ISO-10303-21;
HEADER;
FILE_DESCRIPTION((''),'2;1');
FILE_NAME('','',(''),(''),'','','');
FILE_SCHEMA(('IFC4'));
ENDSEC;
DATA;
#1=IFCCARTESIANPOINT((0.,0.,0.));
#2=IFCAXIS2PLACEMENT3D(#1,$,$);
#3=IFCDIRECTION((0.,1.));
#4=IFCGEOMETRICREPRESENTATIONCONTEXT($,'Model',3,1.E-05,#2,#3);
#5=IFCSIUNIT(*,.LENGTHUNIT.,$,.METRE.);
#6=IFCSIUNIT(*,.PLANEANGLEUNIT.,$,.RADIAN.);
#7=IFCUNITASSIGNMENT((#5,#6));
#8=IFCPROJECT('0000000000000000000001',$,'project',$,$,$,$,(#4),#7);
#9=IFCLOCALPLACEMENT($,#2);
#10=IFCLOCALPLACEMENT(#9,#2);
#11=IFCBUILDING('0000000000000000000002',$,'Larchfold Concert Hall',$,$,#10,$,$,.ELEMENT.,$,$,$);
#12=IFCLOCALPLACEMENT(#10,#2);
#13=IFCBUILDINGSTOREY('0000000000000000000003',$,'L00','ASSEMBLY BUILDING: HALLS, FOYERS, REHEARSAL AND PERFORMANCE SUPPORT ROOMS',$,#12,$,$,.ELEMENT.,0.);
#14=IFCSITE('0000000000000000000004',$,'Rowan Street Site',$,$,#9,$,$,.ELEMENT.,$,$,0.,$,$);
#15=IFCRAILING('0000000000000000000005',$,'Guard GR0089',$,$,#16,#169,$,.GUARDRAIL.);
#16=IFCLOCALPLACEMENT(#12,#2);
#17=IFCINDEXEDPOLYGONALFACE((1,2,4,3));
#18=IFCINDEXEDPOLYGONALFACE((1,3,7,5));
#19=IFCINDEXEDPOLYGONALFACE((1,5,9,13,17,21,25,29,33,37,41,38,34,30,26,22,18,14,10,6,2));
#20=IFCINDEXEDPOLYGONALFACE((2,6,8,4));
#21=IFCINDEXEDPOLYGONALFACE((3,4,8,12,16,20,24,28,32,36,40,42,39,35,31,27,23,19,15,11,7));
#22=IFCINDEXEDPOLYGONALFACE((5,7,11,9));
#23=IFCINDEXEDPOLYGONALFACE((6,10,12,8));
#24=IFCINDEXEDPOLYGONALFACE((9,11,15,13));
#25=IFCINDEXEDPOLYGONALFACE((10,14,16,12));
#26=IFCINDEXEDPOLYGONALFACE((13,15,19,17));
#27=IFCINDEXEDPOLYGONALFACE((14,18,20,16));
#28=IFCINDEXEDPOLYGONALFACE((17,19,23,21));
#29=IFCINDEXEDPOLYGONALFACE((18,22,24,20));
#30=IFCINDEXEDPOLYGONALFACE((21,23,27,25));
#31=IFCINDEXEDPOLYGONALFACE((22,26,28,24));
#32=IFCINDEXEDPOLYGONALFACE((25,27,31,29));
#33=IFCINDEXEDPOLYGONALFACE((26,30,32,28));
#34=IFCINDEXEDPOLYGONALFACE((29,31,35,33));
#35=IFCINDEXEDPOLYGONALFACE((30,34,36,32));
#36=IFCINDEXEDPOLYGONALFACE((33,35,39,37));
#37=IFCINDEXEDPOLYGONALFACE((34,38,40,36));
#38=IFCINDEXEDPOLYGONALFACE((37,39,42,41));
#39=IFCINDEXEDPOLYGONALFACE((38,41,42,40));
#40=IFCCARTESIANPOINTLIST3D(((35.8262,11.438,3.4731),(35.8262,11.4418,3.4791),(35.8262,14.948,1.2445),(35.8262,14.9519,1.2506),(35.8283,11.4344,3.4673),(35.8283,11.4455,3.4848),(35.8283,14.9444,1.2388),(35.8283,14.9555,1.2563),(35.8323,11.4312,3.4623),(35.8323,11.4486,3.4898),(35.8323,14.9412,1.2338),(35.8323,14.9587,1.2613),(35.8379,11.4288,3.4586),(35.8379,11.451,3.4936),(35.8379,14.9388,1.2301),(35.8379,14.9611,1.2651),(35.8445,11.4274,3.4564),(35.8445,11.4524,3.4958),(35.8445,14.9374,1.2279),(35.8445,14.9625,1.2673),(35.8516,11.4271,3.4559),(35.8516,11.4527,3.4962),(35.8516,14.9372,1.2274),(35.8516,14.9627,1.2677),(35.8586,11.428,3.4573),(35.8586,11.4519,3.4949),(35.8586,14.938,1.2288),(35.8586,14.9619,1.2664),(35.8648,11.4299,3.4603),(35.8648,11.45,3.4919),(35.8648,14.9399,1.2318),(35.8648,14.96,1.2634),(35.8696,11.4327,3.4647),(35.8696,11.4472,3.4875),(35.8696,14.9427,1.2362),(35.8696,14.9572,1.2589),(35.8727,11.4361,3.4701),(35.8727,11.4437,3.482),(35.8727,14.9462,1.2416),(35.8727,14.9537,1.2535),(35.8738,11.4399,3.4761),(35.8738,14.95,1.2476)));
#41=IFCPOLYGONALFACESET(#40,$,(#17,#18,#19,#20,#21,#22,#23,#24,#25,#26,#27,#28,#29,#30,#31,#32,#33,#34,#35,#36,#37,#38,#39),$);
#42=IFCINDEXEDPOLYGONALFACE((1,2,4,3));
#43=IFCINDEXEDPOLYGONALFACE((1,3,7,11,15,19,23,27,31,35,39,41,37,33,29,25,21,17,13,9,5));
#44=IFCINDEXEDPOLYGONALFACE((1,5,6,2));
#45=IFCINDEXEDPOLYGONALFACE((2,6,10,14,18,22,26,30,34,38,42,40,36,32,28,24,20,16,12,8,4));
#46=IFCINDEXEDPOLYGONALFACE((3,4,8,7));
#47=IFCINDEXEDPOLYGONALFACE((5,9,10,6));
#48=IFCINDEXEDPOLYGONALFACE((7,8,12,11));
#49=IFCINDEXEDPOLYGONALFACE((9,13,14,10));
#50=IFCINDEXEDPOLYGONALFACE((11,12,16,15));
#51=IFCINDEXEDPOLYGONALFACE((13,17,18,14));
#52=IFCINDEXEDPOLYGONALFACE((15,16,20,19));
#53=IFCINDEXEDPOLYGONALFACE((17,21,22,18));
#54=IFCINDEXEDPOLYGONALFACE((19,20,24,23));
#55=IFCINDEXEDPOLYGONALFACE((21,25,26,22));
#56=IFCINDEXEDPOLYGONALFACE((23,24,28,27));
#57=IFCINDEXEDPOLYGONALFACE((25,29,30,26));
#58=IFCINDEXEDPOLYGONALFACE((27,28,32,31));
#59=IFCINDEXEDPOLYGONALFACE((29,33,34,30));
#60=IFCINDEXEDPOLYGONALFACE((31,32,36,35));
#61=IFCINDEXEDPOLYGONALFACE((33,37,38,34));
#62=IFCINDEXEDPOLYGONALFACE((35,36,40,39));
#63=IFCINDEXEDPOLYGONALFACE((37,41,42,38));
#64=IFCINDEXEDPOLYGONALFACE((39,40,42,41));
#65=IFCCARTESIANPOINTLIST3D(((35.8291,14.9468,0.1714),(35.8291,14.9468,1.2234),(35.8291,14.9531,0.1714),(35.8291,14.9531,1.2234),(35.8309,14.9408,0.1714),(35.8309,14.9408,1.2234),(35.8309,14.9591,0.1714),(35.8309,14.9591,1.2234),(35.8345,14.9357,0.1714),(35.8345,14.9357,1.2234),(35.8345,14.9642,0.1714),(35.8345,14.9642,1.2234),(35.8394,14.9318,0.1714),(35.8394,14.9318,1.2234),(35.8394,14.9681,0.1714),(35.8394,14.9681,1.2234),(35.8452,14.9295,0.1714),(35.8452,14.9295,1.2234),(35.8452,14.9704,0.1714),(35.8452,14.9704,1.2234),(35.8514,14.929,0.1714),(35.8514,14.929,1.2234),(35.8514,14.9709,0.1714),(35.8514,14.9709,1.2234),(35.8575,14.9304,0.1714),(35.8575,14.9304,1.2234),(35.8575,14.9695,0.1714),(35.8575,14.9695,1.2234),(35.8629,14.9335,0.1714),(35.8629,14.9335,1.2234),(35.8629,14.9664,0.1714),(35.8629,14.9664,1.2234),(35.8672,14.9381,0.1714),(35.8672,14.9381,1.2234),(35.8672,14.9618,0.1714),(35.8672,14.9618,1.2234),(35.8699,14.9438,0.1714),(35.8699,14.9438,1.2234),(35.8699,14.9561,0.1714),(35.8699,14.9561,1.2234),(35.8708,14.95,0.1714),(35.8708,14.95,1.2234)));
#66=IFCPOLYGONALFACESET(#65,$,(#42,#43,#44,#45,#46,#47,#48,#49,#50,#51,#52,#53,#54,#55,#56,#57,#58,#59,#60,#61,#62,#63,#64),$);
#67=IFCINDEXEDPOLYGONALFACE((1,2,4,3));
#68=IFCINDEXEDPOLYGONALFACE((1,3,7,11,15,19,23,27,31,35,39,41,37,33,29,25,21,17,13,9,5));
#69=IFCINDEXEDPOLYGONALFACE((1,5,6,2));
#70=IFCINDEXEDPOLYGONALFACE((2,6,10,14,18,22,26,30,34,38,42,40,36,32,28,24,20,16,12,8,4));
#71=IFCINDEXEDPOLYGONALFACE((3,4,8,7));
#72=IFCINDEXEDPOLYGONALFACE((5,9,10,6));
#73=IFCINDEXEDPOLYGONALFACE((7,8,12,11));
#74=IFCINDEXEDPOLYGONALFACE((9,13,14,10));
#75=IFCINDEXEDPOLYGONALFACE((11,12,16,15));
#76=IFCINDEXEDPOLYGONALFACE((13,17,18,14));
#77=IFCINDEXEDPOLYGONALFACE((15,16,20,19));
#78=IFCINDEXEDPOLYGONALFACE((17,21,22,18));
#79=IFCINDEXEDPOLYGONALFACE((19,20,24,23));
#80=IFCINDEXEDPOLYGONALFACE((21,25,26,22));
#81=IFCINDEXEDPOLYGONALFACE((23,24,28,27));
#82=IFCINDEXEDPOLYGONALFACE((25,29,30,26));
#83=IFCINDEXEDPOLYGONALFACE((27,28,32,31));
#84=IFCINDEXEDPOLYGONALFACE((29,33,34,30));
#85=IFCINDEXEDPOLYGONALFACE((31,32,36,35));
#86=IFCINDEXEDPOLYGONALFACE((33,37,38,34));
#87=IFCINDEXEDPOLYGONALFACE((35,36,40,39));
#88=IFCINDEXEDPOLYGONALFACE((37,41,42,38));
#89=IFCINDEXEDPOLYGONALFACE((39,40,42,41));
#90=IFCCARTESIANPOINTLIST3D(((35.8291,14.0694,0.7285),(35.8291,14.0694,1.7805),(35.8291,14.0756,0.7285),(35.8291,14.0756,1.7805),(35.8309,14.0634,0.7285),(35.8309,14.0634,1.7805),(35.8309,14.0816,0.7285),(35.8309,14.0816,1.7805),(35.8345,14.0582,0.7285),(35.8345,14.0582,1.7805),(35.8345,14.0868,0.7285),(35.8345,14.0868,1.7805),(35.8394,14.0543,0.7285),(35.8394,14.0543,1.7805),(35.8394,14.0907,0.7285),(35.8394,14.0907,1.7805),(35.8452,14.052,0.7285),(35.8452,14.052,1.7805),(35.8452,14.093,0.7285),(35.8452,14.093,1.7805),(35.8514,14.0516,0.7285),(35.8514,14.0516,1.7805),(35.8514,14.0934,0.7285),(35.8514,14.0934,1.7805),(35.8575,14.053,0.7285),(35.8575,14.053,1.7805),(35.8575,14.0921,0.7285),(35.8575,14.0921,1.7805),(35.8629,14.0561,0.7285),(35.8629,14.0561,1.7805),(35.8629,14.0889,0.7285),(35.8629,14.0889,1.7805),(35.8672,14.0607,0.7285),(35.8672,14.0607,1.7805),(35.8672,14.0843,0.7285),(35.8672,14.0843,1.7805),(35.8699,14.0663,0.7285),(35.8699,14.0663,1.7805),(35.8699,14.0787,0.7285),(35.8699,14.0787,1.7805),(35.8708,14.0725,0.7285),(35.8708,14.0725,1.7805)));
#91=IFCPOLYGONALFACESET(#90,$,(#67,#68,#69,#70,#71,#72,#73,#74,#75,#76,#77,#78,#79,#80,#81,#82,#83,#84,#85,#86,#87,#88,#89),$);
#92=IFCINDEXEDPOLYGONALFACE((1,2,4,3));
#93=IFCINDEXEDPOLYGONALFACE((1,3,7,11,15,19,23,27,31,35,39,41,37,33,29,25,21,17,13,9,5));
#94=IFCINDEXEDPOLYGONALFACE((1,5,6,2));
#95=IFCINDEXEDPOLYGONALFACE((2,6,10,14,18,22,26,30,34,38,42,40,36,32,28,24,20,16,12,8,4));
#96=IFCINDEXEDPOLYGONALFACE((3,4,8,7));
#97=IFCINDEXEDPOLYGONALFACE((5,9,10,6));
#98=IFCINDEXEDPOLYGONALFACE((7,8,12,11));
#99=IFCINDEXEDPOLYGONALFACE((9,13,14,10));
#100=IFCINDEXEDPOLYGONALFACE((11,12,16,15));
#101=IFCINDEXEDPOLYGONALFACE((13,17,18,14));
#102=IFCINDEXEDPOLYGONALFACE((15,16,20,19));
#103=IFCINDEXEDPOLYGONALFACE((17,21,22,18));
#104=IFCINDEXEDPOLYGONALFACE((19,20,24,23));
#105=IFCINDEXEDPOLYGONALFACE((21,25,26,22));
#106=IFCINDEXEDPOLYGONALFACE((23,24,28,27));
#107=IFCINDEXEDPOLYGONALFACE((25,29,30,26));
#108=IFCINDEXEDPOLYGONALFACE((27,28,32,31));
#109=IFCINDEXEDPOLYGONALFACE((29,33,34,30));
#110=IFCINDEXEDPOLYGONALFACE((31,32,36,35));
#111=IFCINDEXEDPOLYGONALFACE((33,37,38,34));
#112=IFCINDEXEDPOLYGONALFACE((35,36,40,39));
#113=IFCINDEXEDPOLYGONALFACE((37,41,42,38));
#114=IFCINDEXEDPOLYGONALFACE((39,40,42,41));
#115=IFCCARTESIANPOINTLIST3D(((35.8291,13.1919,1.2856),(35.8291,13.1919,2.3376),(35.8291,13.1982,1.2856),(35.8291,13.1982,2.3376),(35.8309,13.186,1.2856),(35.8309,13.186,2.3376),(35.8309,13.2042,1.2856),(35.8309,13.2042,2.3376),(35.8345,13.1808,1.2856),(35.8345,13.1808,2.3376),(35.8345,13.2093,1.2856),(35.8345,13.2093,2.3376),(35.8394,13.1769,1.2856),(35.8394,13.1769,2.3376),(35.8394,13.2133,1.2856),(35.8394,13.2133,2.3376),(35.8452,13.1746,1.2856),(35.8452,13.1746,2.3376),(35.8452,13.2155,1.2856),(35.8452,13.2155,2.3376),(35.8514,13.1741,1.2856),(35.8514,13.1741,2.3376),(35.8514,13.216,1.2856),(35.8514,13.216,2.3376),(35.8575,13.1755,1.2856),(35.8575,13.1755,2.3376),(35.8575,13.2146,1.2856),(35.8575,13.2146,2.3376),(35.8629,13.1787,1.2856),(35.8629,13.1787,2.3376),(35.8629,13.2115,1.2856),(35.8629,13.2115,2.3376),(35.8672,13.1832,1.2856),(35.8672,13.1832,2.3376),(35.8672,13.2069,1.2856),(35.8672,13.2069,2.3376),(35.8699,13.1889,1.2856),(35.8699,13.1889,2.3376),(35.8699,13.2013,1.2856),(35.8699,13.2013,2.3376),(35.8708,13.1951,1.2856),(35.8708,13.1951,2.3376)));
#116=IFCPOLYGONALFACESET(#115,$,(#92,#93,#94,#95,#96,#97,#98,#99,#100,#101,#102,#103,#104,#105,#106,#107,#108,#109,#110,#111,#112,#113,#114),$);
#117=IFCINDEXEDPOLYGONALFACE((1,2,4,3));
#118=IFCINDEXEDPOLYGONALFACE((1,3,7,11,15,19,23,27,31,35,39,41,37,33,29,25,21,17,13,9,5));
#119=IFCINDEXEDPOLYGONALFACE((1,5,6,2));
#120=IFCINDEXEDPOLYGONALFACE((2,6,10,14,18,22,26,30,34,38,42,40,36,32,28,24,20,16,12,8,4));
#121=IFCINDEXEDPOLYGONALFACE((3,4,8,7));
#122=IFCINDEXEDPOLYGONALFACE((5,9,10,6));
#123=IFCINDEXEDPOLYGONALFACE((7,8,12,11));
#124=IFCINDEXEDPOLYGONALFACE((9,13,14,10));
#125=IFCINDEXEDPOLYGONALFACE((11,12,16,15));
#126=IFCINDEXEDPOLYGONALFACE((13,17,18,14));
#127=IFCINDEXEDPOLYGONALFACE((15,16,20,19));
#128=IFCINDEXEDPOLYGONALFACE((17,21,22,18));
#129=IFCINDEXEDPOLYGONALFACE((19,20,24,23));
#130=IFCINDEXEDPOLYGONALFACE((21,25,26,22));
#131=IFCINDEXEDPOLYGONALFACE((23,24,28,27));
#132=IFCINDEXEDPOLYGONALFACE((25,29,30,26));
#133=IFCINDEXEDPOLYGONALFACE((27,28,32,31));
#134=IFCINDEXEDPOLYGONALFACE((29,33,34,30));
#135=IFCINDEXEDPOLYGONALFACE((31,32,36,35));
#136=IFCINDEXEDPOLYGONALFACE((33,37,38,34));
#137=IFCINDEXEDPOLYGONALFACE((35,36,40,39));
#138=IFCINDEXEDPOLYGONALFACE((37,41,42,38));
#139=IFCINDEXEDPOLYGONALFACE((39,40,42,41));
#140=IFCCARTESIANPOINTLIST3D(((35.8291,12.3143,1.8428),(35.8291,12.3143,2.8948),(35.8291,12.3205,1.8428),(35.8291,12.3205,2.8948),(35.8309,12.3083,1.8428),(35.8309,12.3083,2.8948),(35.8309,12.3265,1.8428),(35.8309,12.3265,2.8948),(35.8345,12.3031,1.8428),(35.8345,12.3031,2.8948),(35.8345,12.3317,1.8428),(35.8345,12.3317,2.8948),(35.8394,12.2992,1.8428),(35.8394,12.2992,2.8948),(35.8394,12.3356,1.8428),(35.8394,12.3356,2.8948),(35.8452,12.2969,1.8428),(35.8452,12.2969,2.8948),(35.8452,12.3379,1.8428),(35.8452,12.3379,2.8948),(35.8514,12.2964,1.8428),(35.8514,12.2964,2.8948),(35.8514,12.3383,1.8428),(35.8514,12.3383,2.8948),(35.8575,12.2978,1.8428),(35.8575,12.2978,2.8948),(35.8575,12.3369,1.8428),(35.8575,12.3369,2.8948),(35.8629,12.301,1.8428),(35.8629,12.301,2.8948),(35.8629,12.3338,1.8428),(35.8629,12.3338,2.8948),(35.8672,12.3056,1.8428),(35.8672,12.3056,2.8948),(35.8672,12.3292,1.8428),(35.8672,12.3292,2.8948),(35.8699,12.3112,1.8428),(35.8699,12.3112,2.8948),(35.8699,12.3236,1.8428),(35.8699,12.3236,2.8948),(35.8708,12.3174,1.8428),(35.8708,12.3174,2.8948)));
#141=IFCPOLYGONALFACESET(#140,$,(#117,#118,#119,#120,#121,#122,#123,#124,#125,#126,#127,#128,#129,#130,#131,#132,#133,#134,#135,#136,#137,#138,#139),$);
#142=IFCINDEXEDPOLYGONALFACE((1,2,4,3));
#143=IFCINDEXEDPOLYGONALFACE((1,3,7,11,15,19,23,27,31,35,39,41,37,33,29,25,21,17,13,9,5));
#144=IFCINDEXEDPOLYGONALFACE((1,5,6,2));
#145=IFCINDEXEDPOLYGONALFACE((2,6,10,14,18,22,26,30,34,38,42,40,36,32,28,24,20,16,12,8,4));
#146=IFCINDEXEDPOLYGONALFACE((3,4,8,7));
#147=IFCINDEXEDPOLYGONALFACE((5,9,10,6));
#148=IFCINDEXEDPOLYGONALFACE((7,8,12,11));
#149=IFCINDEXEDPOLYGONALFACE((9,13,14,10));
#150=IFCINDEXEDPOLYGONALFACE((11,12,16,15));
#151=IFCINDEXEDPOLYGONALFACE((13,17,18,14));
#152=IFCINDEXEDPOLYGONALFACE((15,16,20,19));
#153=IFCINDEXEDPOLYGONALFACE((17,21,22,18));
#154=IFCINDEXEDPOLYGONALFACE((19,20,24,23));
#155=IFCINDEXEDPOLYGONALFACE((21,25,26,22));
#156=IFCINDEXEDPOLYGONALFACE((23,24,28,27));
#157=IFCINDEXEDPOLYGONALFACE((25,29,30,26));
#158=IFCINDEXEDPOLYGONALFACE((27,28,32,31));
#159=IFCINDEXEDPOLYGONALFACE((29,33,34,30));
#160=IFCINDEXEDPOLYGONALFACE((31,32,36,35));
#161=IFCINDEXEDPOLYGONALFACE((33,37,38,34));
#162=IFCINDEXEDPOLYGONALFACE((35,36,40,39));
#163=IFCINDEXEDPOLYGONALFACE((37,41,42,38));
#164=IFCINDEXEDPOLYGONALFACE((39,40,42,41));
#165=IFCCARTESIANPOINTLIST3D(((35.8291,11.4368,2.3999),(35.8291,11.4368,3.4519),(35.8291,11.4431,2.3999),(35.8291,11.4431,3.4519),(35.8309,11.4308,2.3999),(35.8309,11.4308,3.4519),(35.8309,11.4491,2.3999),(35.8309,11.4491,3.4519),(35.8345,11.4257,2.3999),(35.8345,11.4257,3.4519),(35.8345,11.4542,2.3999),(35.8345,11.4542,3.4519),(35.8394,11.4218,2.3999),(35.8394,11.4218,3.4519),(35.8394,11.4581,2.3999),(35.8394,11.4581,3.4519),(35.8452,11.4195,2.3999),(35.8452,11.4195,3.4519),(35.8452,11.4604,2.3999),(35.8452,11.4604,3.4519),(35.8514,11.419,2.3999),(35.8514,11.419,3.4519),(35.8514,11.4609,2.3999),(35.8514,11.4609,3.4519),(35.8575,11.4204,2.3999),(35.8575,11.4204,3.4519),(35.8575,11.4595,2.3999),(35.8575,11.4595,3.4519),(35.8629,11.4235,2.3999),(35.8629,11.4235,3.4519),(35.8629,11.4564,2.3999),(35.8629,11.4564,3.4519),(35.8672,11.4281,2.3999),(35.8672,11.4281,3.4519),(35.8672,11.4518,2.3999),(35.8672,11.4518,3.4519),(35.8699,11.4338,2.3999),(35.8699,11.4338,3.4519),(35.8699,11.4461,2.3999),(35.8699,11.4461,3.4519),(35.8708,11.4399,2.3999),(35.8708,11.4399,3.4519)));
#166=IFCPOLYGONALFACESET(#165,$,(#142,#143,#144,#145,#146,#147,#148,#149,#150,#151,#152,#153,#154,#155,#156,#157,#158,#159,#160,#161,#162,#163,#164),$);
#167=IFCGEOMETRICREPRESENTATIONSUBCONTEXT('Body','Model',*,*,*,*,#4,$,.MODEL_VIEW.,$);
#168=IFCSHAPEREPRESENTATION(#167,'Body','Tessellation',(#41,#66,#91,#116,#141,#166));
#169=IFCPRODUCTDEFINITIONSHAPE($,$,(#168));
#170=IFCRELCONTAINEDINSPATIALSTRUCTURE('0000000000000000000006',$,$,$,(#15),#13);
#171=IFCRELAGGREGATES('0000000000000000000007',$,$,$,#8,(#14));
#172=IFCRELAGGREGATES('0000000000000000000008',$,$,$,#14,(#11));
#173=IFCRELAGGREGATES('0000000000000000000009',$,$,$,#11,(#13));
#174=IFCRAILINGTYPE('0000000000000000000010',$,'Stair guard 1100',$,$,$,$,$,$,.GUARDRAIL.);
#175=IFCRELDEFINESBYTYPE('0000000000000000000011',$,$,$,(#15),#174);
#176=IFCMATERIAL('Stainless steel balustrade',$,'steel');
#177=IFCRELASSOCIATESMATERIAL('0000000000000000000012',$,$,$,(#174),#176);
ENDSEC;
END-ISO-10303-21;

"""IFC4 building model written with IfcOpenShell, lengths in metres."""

from ifc_helpers import new_model, si_unit, direction, frame, origin, origin_2d, place, context, subcontext, project, spatial, circle, extrude, material, type_object, element, save


model = new_model("IFC4")

# Units and contexts
model_context = context("Model", 3, precision=1e-05, world=origin(), true_north=direction((0.0, 1.0)))
body_context = subcontext(model_context, "Body", "Model", "MODEL_VIEW")
ifc_project = project(units=[si_unit("LENGTHUNIT", "METRE"), si_unit("PLANEANGLEUNIT", "RADIAN")], contexts=[model_context])

# Site, building, storey
site_placement = place(None, origin())
site = spatial("IfcSite", under=ifc_project, at=site_placement, Name="Rowan Street Site", CompositionType="ELEMENT", RefElevation=0.0)
building_placement = place(site_placement, origin())
building = spatial("IfcBuilding", under=site, at=building_placement, Name="Larchfold Concert Hall", CompositionType="ELEMENT")
storey_placement = place(building_placement, origin())
storey = spatial("IfcBuildingStorey", under=building, at=storey_placement, Name="L00", Description="ASSEMBLY BUILDING: HALLS, FOYERS, REHEARSAL AND PERFORMANCE SUPPORT ROOMS", CompositionType="ELEMENT", Elevation=0.0)

# Railing
ifc_material_1 = material(Name="Stainless steel balustrade", Category="steel")
railing_type_1 = type_object("IfcRailingType", Name="Stair guard 1100", PredefinedType="GUARDRAIL", material=ifc_material_1)
railing_1_placement = place(storey_placement, frame((35.8499, 14.95, 0.1714)))
element("IfcRailing", 1, at=railing_1_placement, inside=storey, type_object=railing_type_1, Name="Guard GR0089", PredefinedType="GUARDRAIL", context=body_context, shape_type="SweptSolid", body=[
    extrude(circle(Radius=0.0239, at=origin_2d()), frame((0.0, 0.0, 1.0762), z_axis=(0.0, -0.84422, 0.535998), x_axis=(1.0, 0.0, 0.0)), (0.0, 0.0, 1.0), 4.1577),
    extrude(circle(Radius=0.021, at=origin_2d()), origin(), (0.0, 0.0, 1.0), 1.052),
    extrude(circle(Radius=0.021, at=origin_2d()), frame((0.0, -0.8774, 0.5571)), (0.0, 0.0, 1.0), 1.052),
    extrude(circle(Radius=0.021, at=origin_2d()), frame((0.0, -1.7549, 1.1143)), (0.0, 0.0, 1.0), 1.052),
    extrude(circle(Radius=0.021, at=origin_2d()), frame((0.0, -2.6326, 1.6714)), (0.0, 0.0, 1.0), 1.052),
    extrude(circle(Radius=0.021, at=origin_2d()), frame((0.0, -3.51, 2.2285)), (0.0, 0.0, 1.0), 1.052),
])

save(model, "model.ifc")
